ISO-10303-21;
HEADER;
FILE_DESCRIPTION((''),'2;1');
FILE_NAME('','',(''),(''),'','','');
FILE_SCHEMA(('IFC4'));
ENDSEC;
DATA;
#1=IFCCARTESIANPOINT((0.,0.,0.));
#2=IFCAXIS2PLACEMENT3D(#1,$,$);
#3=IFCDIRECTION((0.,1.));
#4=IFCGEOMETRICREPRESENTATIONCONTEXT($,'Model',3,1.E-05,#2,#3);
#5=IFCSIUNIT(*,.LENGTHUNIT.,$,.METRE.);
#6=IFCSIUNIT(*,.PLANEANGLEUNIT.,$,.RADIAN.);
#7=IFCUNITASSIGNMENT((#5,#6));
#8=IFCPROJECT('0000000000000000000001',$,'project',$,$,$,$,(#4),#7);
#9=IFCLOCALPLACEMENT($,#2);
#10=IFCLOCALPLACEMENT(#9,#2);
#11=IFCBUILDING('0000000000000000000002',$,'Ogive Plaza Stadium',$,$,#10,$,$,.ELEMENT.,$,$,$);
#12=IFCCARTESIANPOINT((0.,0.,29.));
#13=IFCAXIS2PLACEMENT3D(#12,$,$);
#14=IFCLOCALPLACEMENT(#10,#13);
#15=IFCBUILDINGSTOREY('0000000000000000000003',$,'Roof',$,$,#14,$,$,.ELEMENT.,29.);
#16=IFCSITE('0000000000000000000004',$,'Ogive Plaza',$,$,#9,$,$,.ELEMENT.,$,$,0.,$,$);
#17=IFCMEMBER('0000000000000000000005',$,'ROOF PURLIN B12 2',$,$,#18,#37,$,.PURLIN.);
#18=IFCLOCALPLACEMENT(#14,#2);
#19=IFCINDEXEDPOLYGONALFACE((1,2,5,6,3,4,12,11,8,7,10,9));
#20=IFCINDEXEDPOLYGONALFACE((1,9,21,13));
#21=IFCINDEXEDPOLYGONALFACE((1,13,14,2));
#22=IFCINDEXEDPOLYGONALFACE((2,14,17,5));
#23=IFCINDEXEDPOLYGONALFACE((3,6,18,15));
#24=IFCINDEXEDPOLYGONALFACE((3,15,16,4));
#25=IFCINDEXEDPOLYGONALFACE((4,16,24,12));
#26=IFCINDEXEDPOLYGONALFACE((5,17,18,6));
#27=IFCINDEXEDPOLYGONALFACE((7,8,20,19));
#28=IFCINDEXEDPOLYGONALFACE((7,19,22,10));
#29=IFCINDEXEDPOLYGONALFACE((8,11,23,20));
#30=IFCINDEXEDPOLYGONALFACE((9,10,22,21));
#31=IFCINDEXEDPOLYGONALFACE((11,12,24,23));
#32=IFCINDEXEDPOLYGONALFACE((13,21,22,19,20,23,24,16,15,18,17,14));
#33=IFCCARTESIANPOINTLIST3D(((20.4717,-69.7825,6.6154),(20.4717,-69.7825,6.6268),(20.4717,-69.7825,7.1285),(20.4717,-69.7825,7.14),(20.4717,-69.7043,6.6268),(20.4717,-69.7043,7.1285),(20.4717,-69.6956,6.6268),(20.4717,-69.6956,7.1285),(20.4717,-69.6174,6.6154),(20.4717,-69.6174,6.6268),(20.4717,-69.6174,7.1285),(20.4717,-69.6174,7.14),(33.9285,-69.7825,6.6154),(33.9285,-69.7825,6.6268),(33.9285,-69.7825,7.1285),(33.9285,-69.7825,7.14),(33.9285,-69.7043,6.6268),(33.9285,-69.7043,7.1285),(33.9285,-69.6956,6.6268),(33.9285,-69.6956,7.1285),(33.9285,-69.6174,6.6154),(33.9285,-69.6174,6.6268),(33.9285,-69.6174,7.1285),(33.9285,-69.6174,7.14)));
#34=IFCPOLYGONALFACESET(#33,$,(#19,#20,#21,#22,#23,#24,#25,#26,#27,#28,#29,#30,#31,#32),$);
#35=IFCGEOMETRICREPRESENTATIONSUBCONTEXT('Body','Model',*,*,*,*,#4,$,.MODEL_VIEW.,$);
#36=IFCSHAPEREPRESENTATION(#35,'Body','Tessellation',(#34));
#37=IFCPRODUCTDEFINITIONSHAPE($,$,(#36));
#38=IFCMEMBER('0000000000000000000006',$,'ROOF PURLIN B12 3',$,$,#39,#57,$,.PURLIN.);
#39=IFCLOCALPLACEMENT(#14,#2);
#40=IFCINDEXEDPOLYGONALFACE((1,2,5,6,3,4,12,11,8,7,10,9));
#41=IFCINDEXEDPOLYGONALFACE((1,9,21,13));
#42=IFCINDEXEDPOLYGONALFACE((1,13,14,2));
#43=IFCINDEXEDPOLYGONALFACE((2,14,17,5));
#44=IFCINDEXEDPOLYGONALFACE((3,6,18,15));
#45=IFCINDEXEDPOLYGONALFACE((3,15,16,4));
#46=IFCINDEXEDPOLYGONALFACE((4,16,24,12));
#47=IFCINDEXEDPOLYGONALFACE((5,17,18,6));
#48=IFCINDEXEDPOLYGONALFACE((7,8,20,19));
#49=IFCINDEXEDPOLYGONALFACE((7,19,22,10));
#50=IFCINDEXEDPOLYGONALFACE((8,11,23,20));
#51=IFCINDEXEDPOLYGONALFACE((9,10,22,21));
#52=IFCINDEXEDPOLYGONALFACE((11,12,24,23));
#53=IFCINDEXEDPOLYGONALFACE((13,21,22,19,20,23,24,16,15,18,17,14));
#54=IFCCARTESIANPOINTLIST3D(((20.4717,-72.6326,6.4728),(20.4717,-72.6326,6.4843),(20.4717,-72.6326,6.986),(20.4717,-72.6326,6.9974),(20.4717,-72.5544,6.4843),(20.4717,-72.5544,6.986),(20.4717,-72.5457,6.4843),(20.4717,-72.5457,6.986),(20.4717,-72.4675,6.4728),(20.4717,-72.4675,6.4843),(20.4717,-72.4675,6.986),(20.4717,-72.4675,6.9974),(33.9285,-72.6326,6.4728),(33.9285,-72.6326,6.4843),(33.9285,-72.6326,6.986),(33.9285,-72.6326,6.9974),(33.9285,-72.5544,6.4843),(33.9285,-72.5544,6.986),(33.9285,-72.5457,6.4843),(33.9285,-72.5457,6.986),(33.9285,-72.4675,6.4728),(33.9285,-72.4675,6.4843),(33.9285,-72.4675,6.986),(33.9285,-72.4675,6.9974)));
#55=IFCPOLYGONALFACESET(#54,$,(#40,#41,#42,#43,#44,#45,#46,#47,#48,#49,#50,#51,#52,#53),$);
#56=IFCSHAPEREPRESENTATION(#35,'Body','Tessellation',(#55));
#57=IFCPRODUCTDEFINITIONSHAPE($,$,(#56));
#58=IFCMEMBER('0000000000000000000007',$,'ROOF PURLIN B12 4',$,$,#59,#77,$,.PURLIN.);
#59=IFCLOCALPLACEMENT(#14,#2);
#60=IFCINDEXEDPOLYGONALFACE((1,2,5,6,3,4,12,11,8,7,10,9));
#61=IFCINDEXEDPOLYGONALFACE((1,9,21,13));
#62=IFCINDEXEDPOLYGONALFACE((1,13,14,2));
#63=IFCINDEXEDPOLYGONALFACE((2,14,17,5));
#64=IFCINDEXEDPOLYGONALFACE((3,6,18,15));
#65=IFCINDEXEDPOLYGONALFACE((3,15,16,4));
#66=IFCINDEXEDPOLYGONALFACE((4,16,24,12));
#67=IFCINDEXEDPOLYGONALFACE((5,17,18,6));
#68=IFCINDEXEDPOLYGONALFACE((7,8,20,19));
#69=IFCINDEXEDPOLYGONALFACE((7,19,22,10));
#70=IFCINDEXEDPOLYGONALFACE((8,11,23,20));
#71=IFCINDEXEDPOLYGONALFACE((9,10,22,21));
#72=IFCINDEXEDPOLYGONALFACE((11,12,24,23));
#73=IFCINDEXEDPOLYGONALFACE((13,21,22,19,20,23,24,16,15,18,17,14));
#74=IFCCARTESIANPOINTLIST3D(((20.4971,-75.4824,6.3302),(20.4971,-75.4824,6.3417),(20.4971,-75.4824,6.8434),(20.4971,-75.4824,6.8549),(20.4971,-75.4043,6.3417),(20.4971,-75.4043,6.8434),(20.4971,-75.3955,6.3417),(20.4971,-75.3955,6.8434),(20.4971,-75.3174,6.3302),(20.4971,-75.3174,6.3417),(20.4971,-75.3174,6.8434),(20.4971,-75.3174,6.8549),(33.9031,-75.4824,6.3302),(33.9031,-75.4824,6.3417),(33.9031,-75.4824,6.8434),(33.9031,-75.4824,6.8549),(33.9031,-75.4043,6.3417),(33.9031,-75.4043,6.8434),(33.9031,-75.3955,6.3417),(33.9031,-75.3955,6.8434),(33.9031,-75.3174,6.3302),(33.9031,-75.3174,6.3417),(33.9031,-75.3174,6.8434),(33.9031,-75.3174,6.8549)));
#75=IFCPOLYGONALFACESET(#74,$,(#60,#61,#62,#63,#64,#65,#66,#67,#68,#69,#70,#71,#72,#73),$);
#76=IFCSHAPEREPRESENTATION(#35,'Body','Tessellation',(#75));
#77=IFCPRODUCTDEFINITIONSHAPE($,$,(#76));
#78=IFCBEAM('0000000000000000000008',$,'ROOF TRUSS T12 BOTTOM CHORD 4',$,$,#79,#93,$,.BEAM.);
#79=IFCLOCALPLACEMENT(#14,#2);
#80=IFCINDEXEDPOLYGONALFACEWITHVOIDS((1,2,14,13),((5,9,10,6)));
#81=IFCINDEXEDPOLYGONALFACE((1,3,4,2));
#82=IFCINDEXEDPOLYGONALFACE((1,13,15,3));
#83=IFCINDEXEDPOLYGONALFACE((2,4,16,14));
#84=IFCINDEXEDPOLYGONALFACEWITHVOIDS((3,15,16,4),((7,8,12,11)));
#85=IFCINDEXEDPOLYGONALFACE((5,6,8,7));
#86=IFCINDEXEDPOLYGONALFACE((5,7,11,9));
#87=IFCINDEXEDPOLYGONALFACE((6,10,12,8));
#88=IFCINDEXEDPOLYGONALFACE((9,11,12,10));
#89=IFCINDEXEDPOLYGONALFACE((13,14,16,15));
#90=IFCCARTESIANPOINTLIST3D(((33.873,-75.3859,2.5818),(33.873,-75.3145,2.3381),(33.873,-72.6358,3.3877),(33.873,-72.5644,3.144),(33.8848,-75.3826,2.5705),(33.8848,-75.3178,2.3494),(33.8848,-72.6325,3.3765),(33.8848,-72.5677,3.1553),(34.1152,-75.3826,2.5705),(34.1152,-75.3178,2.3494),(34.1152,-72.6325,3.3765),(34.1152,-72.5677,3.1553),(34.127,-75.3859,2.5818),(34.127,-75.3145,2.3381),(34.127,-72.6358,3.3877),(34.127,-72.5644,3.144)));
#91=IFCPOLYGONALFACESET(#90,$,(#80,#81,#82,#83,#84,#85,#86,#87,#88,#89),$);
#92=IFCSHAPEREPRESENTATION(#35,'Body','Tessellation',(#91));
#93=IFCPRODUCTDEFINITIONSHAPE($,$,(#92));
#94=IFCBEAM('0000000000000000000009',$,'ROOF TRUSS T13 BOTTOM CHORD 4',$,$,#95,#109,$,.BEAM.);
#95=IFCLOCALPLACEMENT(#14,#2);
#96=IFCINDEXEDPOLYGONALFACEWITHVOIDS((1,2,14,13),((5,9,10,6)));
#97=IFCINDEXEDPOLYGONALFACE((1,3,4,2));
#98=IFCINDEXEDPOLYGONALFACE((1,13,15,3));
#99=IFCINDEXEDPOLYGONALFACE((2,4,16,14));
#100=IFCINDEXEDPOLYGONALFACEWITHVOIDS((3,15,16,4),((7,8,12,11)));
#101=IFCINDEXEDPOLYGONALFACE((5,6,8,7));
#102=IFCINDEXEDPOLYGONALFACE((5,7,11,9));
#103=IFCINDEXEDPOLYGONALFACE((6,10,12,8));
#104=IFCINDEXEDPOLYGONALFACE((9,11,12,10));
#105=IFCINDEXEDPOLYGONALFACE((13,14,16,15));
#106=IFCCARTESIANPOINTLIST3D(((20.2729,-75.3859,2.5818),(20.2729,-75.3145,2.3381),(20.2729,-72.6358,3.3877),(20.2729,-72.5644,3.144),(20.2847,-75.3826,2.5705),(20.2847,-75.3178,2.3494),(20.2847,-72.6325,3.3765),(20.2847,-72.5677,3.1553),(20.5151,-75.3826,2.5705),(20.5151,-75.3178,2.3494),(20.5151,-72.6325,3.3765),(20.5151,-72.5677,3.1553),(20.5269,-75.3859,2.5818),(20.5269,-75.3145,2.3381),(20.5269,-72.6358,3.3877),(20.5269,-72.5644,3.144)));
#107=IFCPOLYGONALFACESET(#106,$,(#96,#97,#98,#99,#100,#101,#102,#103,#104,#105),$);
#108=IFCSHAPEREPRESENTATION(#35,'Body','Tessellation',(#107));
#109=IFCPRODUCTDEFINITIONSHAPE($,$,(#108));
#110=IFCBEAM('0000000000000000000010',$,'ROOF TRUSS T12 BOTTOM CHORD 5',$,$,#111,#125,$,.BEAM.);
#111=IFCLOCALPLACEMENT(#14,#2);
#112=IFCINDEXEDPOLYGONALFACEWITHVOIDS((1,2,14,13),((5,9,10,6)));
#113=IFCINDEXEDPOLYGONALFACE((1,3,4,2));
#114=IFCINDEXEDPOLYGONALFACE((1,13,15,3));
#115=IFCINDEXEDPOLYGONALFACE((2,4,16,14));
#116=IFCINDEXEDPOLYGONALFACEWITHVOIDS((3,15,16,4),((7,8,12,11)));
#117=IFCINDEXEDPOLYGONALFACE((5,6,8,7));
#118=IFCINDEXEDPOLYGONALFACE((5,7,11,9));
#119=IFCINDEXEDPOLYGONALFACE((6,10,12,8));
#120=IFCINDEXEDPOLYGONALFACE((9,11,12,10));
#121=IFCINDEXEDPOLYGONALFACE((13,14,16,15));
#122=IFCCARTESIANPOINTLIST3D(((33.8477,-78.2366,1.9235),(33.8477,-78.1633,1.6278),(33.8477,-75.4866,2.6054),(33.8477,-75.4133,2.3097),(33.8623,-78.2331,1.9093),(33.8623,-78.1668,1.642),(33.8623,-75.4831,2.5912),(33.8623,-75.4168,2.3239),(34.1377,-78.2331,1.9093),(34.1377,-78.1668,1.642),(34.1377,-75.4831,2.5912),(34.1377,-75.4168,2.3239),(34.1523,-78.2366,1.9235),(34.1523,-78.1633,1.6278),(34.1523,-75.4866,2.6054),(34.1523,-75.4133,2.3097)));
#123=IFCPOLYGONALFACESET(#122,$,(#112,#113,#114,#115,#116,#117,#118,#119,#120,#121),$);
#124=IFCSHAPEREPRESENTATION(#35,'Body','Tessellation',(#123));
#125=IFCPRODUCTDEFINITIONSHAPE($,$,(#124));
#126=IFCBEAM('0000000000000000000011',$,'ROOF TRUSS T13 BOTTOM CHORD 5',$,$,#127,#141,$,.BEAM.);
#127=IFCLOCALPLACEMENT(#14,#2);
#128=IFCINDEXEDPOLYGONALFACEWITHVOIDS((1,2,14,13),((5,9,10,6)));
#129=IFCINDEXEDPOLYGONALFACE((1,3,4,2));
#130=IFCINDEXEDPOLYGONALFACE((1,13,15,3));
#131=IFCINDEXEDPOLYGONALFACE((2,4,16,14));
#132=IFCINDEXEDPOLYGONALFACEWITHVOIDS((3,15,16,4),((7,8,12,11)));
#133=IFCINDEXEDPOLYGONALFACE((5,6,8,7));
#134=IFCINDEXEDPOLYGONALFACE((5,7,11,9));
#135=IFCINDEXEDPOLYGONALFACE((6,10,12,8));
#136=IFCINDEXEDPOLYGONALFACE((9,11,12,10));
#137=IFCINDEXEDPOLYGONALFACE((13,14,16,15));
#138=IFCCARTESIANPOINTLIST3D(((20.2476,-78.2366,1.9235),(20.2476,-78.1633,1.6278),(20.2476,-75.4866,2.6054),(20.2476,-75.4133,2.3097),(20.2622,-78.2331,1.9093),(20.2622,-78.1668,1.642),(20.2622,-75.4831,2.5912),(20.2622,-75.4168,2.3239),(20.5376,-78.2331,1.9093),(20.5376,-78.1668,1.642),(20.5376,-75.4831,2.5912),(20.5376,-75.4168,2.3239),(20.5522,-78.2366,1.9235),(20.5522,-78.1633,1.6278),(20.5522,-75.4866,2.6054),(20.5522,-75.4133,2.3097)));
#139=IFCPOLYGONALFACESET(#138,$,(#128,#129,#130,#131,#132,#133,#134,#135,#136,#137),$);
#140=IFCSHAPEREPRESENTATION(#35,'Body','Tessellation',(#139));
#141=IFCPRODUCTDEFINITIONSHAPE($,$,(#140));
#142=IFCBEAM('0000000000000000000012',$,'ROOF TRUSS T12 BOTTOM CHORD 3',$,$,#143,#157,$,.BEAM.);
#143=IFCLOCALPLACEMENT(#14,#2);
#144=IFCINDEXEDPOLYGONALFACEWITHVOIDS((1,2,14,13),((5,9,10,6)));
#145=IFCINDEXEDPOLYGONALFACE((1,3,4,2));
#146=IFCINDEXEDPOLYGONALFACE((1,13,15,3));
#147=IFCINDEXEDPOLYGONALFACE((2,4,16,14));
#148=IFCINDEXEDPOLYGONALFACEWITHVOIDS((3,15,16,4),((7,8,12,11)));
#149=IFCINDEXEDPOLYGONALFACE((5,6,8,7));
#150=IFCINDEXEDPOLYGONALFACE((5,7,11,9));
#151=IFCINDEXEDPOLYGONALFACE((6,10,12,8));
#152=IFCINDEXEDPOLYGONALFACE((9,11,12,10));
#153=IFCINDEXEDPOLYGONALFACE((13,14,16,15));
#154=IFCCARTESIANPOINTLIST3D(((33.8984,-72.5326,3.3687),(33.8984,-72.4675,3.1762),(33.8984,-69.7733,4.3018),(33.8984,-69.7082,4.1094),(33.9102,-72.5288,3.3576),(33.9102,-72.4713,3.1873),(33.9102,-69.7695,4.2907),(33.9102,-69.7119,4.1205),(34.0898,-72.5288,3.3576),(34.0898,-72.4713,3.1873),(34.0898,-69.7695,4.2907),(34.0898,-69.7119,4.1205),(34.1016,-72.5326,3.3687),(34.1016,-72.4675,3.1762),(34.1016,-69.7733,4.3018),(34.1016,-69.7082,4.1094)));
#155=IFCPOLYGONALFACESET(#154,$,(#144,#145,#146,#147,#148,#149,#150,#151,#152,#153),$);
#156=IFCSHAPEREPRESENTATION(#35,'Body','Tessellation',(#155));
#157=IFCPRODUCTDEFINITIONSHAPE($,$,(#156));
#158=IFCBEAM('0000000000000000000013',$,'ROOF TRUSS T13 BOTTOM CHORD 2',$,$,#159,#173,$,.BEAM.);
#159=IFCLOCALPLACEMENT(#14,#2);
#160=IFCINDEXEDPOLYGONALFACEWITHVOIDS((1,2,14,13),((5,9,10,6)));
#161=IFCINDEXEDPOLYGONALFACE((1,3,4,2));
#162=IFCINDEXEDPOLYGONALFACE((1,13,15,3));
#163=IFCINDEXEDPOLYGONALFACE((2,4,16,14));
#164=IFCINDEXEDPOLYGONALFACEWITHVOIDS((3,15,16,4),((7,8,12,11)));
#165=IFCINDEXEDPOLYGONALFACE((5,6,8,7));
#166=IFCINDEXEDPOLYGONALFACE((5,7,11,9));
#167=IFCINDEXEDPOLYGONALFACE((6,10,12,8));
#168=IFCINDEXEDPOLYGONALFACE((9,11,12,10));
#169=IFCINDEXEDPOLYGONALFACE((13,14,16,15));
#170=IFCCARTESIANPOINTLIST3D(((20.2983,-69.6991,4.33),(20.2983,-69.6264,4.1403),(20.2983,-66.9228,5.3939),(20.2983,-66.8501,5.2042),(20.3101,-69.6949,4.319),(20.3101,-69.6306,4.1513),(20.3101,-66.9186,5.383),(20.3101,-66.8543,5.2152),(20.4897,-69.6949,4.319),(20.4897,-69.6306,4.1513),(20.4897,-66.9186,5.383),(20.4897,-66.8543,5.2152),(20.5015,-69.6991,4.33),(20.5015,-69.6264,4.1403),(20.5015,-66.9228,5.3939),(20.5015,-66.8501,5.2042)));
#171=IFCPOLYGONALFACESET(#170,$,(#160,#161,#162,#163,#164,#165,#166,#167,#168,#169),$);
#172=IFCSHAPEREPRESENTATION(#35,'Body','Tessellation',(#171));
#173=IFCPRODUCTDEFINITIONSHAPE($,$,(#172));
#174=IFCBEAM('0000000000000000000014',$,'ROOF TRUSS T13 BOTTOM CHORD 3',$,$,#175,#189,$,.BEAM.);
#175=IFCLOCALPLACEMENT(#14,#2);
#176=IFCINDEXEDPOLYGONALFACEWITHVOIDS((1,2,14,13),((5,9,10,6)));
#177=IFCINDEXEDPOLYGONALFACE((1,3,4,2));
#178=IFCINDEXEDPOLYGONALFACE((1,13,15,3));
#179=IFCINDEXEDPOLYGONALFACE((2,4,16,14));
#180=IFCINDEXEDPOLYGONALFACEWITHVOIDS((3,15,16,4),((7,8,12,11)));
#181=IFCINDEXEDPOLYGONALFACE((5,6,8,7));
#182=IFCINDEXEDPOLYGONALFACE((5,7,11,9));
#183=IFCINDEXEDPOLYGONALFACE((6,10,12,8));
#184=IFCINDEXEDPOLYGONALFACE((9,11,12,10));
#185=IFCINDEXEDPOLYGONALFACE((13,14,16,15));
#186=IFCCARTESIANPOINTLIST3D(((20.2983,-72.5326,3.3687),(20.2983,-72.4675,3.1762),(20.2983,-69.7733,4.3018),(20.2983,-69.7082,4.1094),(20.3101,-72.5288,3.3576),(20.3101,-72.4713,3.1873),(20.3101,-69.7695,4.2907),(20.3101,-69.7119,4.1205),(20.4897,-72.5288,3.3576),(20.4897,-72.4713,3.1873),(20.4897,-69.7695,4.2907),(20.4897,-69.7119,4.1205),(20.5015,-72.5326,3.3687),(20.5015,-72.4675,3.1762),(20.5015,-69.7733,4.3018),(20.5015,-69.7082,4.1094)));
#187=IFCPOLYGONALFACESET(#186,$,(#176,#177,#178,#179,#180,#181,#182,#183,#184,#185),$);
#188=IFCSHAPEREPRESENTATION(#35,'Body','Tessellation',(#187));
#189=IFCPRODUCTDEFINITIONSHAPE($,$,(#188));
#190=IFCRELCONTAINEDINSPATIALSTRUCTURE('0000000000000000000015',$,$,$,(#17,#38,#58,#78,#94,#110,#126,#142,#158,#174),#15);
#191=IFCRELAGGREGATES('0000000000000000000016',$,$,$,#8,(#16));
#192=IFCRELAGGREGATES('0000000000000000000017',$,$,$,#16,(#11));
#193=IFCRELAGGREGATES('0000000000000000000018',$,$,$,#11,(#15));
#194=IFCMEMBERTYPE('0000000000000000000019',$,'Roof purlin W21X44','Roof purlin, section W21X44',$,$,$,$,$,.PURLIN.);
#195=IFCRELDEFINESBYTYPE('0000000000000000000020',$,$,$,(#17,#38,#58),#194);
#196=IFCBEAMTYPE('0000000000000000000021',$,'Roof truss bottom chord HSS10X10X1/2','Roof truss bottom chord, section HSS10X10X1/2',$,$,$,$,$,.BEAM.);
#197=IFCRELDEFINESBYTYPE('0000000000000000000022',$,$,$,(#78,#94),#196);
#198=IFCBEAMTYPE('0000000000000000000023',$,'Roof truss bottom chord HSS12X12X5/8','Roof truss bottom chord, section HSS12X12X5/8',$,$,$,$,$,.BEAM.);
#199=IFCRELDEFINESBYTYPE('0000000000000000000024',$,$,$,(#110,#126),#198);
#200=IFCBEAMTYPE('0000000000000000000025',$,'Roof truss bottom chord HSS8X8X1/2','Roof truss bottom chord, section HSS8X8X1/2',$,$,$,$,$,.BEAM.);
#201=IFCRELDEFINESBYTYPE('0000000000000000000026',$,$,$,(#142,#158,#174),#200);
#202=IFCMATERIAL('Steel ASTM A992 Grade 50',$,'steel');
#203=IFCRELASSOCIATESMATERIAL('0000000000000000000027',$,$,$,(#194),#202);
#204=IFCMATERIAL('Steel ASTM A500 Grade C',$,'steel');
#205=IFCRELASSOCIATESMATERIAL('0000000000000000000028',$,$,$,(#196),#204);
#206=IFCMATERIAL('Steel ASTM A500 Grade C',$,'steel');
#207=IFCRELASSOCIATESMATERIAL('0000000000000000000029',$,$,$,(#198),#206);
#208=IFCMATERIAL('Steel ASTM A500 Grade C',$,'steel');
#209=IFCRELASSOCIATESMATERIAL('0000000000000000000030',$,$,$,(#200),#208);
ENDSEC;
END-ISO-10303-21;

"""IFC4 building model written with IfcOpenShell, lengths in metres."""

from ifc_helpers import new_model, si_unit, direction, frame, origin, origin_2d, place, context, subcontext, project, spatial, hollow_rectangle, i_section, extrude, material, material_profile, profile_set, type_object, element, save


model = new_model("IFC4")

# Units and contexts
model_context = context("Model", 3, precision=1e-05, world=origin(), true_north=direction((0.0, 1.0)))
body_context = subcontext(model_context, "Body", "Model", "MODEL_VIEW")
ifc_project = project(units=[si_unit("LENGTHUNIT", "METRE"), si_unit("PLANEANGLEUNIT", "RADIAN")], contexts=[model_context])

# Site, building, storey
site_placement = place(None, origin())
site = spatial("IfcSite", under=ifc_project, at=site_placement, Name="Ogive Plaza", CompositionType="ELEMENT", RefElevation=0.0)
building_placement = place(site_placement, origin())
building = spatial("IfcBuilding", under=site, at=building_placement, Name="Ogive Plaza Stadium", CompositionType="ELEMENT")
storey_placement = place(building_placement, frame((0.0, 0.0, 29.0)))
storey = spatial("IfcBuildingStorey", under=building, at=storey_placement, Name="Roof", CompositionType="ELEMENT", Elevation=29.0)

# Members
ifc_material_1 = material(Name="Steel ASTM A992 Grade 50", Category="steel")
ifc_material_profile_1 = material_profile(ifc_material_1, i_section(OverallWidth=0.165, OverallDepth=0.5247, WebThickness=0.0088, FlangeThickness=0.0115, at=origin_2d()), Name="W21X44")
ifc_profile_set_1 = profile_set([ifc_material_profile_1], Name="Steel ASTM A992 Grade 50")
member_type_1 = type_object("IfcMemberType", Name="Roof purlin W21X44", Description="Roof purlin, section W21X44", PredefinedType="PURLIN", material=ifc_profile_set_1)
for number, where, z_axis, x_axis, name in (
    (1, (33.9285, -69.7, 6.8777), (-1.0, 0.0, 0.0), (0.0, -1.0, 0.0), "ROOF PURLIN B12 2"),
    (2, (33.9285, -72.55, 6.7351), (-1.0, 0.0, 0.0), (0.0, -1.0, 0.0), "ROOF PURLIN B12 3"),
):
    element("IfcMember", number, at=place(storey_placement, frame(where, z_axis=z_axis, x_axis=x_axis)), inside=storey, type_object=member_type_1, Name=name, PredefinedType="PURLIN", context=body_context, shape_type="SweptSolid", body=[
        extrude(i_section(OverallWidth=0.165, OverallDepth=0.5247, WebThickness=0.0088, FlangeThickness=0.0115, at=origin_2d()), origin(), (0.0, 0.0, 1.0), 13.4568),
    ])
member_1_placement = place(storey_placement, frame((33.9031, -75.3999, 6.5925), z_axis=(-1.0, 0.0, 0.0), x_axis=(0.0, -1.0, 0.0)))
element("IfcMember", 3, at=member_1_placement, inside=storey, type_object=member_type_1, Name="ROOF PURLIN B12 4", PredefinedType="PURLIN", context=body_context, shape_type="SweptSolid", body=[
    extrude(i_section(OverallWidth=0.165, OverallDepth=0.5247, WebThickness=0.0088, FlangeThickness=0.0115, at=origin_2d()), origin(), (0.0, 0.0, 1.0), 13.406),
])

# Beams
ifc_material_2 = material(Name="Steel ASTM A500 Grade C", Category="steel")
ifc_material_profile_2 = material_profile(ifc_material_2, hollow_rectangle(XDim=0.2539, YDim=0.2539, WallThickness=0.0117, at=origin_2d()), Name="HSS10X10X1/2")
ifc_profile_set_2 = profile_set([ifc_material_profile_2], Name="Steel ASTM A500 Grade C")
beam_type_1 = type_object("IfcBeamType", Name="Roof truss bottom chord HSS10X10X1/2", Description="Roof truss bottom chord, section HSS10X10X1/2", PredefinedType="BEAM", material=ifc_profile_set_2)
for number, where, z_axis, x_axis, name in (
    (4, (34.0, -72.6001, 3.2659), (0.0, -0.95964, -0.28123), (1.0, 0.0, 0.0), "ROOF TRUSS T12 BOTTOM CHORD 4"),
    (5, (20.3999, -72.6001, 3.2659), (0.0, -0.95964, -0.28123), (1.0, 0.0, 0.0), "ROOF TRUSS T13 BOTTOM CHORD 4"),
):
    element("IfcBeam", number, at=place(storey_placement, frame(where, z_axis=z_axis, x_axis=x_axis)), inside=storey, type_object=beam_type_1, Name=name, PredefinedType="BEAM", context=body_context, shape_type="SweptSolid", body=[
        extrude(hollow_rectangle(XDim=0.2539, YDim=0.2539, WallThickness=0.0117, at=origin_2d()), origin(), (0.0, 0.0, 1.0), 2.8657),
    ])
ifc_material_3 = material(Name="Steel ASTM A500 Grade C", Category="steel")
ifc_material_profile_3 = material_profile(ifc_material_3, hollow_rectangle(XDim=0.3047, YDim=0.3047, WallThickness=0.0146, at=origin_2d()), Name="HSS12X12X5/8")
ifc_profile_set_3 = profile_set([ifc_material_profile_3], Name="Steel ASTM A500 Grade C")
beam_type_2 = type_object("IfcBeamType", Name="Roof truss bottom chord HSS12X12X5/8", Description="Roof truss bottom chord, section HSS12X12X5/8", PredefinedType="BEAM", material=ifc_profile_set_3)
for number, where, z_axis, x_axis, name in (
    (6, (34.0, -75.45, 2.4575), (0.0, -0.970607, -0.24067), (1.0, 0.0, 0.0), "ROOF TRUSS T12 BOTTOM CHORD 5"),
    (7, (20.3999, -75.45, 2.4575), (0.0, -0.970607, -0.24067), (1.0, 0.0, 0.0), "ROOF TRUSS T13 BOTTOM CHORD 5"),
):
    element("IfcBeam", number, at=place(storey_placement, frame(where, z_axis=z_axis, x_axis=x_axis)), inside=storey, type_object=beam_type_2, Name=name, PredefinedType="BEAM", context=body_context, shape_type="SweptSolid", body=[
        extrude(hollow_rectangle(XDim=0.3047, YDim=0.3047, WallThickness=0.0146, at=origin_2d()), origin(), (0.0, 0.0, 1.0), 2.8333),
    ])
ifc_material_4 = material(Name="Steel ASTM A500 Grade C", Category="steel")
ifc_material_profile_4 = material_profile(ifc_material_4, hollow_rectangle(XDim=0.2031, YDim=0.2031, WallThickness=0.0117, at=origin_2d()), Name="HSS8X8X1/2")
ifc_profile_set_4 = profile_set([ifc_material_profile_4], Name="Steel ASTM A500 Grade C")
beam_type_3 = type_object("IfcBeamType", Name="Roof truss bottom chord HSS8X8X1/2", Description="Roof truss bottom chord, section HSS8X8X1/2", PredefinedType="BEAM", material=ifc_profile_set_4)
beam_1_placement = place(storey_placement, frame((34.0, -69.7407, 4.2056), z_axis=(0.0, -0.9473, -0.320349), x_axis=(1.0, 0.0, 0.0)))
element("IfcBeam", 8, at=beam_1_placement, inside=storey, type_object=beam_type_3, Name="ROOF TRUSS T12 BOTTOM CHORD 3", PredefinedType="BEAM", context=body_context, shape_type="SweptSolid", body=[
    extrude(hollow_rectangle(XDim=0.2031, YDim=0.2031, WallThickness=0.0117, at=origin_2d()), origin(), (0.0, 0.0, 1.0), 2.9128),
])
beam_2_placement = place(storey_placement, frame((20.3999, -66.8865, 5.2991), z_axis=(0.0, -0.933781, -0.357845), x_axis=(1.0, 0.0, 0.0)))
element("IfcBeam", 9, at=beam_2_placement, inside=storey, type_object=beam_type_3, Name="ROOF TRUSS T13 BOTTOM CHORD 2", PredefinedType="BEAM", context=body_context, shape_type="SweptSolid", body=[
    extrude(hollow_rectangle(XDim=0.2031, YDim=0.2031, WallThickness=0.0117, at=origin_2d()), origin(), (0.0, 0.0, 1.0), 2.9731),
])
beam_3_placement = place(storey_placement, frame((20.3999, -69.7407, 4.2056), z_axis=(0.0, -0.9473, -0.320349), x_axis=(1.0, 0.0, 0.0)))
element("IfcBeam", 10, at=beam_3_placement, inside=storey, type_object=beam_type_3, Name="ROOF TRUSS T13 BOTTOM CHORD 3", PredefinedType="BEAM", context=body_context, shape_type="SweptSolid", body=[
    extrude(hollow_rectangle(XDim=0.2031, YDim=0.2031, WallThickness=0.0117, at=origin_2d()), origin(), (0.0, 0.0, 1.0), 2.9128),
])

save(model, "model.ifc")
